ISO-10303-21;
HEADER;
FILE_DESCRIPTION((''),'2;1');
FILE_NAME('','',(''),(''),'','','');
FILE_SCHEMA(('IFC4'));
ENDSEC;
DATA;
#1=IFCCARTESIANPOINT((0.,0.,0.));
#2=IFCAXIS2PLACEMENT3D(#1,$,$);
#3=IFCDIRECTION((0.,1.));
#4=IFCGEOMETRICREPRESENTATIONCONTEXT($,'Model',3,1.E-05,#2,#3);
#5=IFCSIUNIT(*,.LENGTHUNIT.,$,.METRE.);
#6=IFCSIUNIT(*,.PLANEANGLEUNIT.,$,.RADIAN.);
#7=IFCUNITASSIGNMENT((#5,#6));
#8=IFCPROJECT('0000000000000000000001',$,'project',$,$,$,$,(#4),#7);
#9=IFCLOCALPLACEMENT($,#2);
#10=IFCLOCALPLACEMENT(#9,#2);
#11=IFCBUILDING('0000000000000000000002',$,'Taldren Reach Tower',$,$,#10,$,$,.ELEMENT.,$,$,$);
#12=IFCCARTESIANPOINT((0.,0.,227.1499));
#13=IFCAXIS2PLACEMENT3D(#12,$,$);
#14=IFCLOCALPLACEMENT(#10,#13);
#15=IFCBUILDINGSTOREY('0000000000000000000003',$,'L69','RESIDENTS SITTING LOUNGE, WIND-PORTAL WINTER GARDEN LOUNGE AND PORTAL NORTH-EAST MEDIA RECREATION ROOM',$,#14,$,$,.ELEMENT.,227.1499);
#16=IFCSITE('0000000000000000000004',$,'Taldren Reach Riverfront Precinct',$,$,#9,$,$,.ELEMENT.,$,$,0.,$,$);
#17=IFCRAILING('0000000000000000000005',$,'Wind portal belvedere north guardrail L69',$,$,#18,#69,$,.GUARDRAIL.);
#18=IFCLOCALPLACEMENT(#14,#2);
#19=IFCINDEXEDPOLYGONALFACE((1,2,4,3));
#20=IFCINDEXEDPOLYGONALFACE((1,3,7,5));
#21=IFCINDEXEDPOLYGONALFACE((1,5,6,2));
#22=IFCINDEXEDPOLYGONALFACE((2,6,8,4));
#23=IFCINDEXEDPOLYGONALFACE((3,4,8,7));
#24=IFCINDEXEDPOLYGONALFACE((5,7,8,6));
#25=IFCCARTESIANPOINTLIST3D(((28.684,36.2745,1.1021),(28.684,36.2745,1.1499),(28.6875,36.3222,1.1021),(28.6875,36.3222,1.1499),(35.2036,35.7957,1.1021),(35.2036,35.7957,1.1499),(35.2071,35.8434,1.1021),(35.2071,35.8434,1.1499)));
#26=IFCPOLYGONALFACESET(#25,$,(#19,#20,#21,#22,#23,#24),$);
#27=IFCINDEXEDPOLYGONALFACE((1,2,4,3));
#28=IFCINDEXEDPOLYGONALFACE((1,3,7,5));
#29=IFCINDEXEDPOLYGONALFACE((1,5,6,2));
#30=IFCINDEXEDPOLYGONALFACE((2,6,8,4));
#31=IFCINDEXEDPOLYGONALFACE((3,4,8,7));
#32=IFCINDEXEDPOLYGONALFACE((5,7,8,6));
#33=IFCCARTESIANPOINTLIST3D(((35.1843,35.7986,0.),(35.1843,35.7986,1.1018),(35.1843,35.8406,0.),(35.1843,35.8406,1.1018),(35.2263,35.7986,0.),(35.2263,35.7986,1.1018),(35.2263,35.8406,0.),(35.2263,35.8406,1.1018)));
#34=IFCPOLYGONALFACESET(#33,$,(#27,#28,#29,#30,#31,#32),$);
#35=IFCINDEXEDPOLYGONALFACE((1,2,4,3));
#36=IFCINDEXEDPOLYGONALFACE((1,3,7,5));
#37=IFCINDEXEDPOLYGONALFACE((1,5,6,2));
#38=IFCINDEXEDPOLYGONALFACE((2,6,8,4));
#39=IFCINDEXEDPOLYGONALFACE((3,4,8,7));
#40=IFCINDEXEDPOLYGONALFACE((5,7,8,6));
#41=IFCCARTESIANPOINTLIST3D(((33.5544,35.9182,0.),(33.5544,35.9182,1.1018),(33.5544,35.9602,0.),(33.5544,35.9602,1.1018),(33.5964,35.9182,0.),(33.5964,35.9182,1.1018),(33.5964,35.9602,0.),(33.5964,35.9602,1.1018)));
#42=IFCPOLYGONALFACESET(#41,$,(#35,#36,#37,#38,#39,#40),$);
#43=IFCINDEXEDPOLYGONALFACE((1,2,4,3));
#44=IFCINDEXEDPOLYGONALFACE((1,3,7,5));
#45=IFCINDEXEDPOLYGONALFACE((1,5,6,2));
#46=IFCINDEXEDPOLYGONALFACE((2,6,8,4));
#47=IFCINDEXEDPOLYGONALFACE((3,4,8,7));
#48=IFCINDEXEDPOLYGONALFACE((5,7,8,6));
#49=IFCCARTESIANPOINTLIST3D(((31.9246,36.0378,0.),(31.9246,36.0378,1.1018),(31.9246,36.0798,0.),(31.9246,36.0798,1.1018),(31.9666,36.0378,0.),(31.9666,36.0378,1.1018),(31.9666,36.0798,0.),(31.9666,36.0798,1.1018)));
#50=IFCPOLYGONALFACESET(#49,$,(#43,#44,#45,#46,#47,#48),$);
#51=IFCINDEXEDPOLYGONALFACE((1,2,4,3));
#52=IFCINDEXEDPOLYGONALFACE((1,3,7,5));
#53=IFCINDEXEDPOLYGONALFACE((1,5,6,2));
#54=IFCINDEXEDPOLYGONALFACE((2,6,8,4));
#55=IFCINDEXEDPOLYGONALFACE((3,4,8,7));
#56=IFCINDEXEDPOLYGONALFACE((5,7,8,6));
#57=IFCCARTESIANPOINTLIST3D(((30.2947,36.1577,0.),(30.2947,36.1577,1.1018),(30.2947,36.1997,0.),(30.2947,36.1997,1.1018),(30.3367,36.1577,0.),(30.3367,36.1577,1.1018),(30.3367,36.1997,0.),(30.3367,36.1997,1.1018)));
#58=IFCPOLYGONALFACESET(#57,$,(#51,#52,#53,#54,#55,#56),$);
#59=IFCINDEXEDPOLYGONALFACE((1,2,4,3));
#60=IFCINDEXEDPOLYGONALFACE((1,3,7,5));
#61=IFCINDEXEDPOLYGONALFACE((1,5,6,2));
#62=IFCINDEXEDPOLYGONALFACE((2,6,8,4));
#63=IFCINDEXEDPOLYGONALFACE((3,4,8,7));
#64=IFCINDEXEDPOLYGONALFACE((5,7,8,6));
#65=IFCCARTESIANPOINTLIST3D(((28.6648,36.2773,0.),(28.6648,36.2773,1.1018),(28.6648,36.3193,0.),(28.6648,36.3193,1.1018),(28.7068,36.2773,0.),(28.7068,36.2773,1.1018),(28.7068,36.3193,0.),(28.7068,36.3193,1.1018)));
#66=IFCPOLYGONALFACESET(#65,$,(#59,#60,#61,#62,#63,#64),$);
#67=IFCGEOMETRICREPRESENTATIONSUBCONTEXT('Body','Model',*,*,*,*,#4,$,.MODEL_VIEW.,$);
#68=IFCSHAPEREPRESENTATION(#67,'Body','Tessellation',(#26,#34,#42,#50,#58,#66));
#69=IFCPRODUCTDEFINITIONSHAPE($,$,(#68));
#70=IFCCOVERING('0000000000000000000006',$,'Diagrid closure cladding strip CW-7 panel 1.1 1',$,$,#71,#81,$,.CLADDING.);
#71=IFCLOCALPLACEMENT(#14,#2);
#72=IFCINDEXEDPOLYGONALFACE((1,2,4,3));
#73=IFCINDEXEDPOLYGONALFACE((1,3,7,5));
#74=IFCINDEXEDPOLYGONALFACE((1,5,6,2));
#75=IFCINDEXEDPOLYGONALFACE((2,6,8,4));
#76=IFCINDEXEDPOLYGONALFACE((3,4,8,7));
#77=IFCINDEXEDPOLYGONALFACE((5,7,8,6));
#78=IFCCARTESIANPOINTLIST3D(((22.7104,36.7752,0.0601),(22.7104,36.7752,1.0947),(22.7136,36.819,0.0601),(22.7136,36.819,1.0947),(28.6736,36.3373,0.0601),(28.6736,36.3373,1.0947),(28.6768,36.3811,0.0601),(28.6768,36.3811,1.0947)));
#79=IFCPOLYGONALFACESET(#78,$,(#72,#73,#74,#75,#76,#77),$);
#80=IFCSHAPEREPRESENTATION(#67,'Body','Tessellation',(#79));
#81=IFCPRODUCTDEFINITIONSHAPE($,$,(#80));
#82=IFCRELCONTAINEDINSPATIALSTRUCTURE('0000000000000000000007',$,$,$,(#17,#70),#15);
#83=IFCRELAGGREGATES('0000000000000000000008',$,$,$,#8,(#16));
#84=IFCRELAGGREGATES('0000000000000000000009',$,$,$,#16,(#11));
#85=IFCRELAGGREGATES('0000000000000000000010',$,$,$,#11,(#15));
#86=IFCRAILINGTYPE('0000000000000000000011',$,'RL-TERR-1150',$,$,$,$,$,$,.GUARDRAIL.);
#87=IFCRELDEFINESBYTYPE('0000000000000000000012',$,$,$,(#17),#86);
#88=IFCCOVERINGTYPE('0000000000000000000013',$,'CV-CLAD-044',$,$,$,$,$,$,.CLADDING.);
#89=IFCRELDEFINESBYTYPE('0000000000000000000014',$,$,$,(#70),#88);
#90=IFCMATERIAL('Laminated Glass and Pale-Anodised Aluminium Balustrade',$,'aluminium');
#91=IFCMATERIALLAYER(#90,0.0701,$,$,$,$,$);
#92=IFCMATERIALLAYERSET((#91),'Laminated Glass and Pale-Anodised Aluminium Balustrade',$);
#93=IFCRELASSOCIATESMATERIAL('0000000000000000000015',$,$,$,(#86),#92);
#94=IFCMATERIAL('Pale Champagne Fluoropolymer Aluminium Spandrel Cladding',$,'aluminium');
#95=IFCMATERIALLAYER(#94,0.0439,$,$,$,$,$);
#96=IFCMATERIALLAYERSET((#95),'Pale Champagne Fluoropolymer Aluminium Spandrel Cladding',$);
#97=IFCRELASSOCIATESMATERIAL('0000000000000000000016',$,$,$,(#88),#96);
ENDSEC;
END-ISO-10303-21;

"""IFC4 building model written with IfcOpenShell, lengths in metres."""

from ifc_helpers import new_model, si_unit, direction, frame, origin, origin_2d, place, context, subcontext, project, spatial, rectangle, extrude, source, transform, mapped, material, layer, layer_set, type_object, element, save


model = new_model("IFC4")

# Units and contexts
model_context = context("Model", 3, precision=1e-05, world=origin(), true_north=direction((0.0, 1.0)))
body_context = subcontext(model_context, "Body", "Model", "MODEL_VIEW")
ifc_project = project(units=[si_unit("LENGTHUNIT", "METRE"), si_unit("PLANEANGLEUNIT", "RADIAN")], contexts=[model_context])

# Site, building, storey
site_placement = place(None, origin())
site = spatial("IfcSite", under=ifc_project, at=site_placement, Name="Taldren Reach Riverfront Precinct", CompositionType="ELEMENT", RefElevation=0.0)
building_placement = place(site_placement, origin())
building = spatial("IfcBuilding", under=site, at=building_placement, Name="Taldren Reach Tower", CompositionType="ELEMENT")
storey_placement = place(building_placement, frame((0.0, 0.0, 227.1499)))
storey = spatial("IfcBuildingStorey", under=building, at=storey_placement, Name="L69", Description="RESIDENTS SITTING LOUNGE, WIND-PORTAL WINTER GARDEN LOUNGE AND PORTAL NORTH-EAST MEDIA RECREATION ROOM", CompositionType="ELEMENT", Elevation=227.1499)

# Railing
ifc_material_1 = material(Name="Laminated Glass and Pale-Anodised Aluminium Balustrade", Category="aluminium")
ifc_layer_1 = layer(ifc_material_1, 0.0701)
ifc_layer_set_1 = layer_set([ifc_layer_1], Name="Laminated Glass and Pale-Anodised Aluminium Balustrade")
railing_type = type_object("IfcRailingType", Name="RL-TERR-1150", PredefinedType="GUARDRAIL", material=ifc_layer_set_1)
railing_placement = place(storey_placement, frame((35.2053, 35.8196, 0.0)))
element("IfcRailing", 1, at=railing_placement, inside=storey, type_object=railing_type, Name="Wind portal belvedere north guardrail L69", PredefinedType="GUARDRAIL", context=body_context, shape_type="SweptSolid", body=[
    extrude(rectangle(XDim=0.0479, YDim=0.0479, at=origin_2d()), frame((0.0, 0.0, 1.126), z_axis=(-0.997315, 0.073237, 0.0), x_axis=(-0.073237, -0.997315, 0.0)), (0.0, 0.0, 1.0), 6.5371),
    extrude(rectangle(XDim=0.042, YDim=0.042, at=origin_2d()), origin(), (0.0, 0.0, 1.0), 1.1018),
    extrude(rectangle(XDim=0.042, YDim=0.042, at=origin_2d()), frame((-1.6299, 0.1196, 0.0)), (0.0, 0.0, 1.0), 1.1018),
    extrude(rectangle(XDim=0.042, YDim=0.042, at=origin_2d()), frame((-3.2598, 0.2393, 0.0)), (0.0, 0.0, 1.0), 1.1018),
    extrude(rectangle(XDim=0.042, YDim=0.042, at=origin_2d()), frame((-4.8896, 0.3591, 0.0)), (0.0, 0.0, 1.0), 1.1018),
    extrude(rectangle(XDim=0.042, YDim=0.042, at=origin_2d()), frame((-6.5195, 0.4788, 0.0)), (0.0, 0.0, 1.0), 1.1018),
])

# Covering
ifc_material_2 = material(Name="Pale Champagne Fluoropolymer Aluminium Spandrel Cladding", Category="aluminium")
ifc_layer_2 = layer(ifc_material_2, 0.0439)
ifc_layer_set_2 = layer_set([ifc_layer_2], Name="Pale Champagne Fluoropolymer Aluminium Spandrel Cladding")
covering_type = type_object("IfcCoveringType", Name="CV-CLAD-044", PredefinedType="CLADDING", material=ifc_layer_set_2)
shared_shape_1 = source(origin(), body_context, "Body", "SweptSolid", [
    extrude(rectangle(XDim=5.9792, YDim=0.0439, at=origin_2d()), origin(), (0.0, 0.0, 1.0), 1.0347),
])
covering_placement = place(storey_placement, frame((25.6936, 36.5781, 0.0601), z_axis=(0.0, 0.0, 1.0), x_axis=(-0.997314, 0.073238, 0.0)))
element("IfcCovering", 2, at=covering_placement, inside=storey, type_object=covering_type, Name="Diagrid closure cladding strip CW-7 panel 1.1 1", PredefinedType="CLADDING", context=body_context, shape_type="MappedRepresentation", body=[
    mapped(shared_shape_1, transform((0.0, 0.0, 0.0), scale=1.0)),
])

save(model, "model.ifc")
